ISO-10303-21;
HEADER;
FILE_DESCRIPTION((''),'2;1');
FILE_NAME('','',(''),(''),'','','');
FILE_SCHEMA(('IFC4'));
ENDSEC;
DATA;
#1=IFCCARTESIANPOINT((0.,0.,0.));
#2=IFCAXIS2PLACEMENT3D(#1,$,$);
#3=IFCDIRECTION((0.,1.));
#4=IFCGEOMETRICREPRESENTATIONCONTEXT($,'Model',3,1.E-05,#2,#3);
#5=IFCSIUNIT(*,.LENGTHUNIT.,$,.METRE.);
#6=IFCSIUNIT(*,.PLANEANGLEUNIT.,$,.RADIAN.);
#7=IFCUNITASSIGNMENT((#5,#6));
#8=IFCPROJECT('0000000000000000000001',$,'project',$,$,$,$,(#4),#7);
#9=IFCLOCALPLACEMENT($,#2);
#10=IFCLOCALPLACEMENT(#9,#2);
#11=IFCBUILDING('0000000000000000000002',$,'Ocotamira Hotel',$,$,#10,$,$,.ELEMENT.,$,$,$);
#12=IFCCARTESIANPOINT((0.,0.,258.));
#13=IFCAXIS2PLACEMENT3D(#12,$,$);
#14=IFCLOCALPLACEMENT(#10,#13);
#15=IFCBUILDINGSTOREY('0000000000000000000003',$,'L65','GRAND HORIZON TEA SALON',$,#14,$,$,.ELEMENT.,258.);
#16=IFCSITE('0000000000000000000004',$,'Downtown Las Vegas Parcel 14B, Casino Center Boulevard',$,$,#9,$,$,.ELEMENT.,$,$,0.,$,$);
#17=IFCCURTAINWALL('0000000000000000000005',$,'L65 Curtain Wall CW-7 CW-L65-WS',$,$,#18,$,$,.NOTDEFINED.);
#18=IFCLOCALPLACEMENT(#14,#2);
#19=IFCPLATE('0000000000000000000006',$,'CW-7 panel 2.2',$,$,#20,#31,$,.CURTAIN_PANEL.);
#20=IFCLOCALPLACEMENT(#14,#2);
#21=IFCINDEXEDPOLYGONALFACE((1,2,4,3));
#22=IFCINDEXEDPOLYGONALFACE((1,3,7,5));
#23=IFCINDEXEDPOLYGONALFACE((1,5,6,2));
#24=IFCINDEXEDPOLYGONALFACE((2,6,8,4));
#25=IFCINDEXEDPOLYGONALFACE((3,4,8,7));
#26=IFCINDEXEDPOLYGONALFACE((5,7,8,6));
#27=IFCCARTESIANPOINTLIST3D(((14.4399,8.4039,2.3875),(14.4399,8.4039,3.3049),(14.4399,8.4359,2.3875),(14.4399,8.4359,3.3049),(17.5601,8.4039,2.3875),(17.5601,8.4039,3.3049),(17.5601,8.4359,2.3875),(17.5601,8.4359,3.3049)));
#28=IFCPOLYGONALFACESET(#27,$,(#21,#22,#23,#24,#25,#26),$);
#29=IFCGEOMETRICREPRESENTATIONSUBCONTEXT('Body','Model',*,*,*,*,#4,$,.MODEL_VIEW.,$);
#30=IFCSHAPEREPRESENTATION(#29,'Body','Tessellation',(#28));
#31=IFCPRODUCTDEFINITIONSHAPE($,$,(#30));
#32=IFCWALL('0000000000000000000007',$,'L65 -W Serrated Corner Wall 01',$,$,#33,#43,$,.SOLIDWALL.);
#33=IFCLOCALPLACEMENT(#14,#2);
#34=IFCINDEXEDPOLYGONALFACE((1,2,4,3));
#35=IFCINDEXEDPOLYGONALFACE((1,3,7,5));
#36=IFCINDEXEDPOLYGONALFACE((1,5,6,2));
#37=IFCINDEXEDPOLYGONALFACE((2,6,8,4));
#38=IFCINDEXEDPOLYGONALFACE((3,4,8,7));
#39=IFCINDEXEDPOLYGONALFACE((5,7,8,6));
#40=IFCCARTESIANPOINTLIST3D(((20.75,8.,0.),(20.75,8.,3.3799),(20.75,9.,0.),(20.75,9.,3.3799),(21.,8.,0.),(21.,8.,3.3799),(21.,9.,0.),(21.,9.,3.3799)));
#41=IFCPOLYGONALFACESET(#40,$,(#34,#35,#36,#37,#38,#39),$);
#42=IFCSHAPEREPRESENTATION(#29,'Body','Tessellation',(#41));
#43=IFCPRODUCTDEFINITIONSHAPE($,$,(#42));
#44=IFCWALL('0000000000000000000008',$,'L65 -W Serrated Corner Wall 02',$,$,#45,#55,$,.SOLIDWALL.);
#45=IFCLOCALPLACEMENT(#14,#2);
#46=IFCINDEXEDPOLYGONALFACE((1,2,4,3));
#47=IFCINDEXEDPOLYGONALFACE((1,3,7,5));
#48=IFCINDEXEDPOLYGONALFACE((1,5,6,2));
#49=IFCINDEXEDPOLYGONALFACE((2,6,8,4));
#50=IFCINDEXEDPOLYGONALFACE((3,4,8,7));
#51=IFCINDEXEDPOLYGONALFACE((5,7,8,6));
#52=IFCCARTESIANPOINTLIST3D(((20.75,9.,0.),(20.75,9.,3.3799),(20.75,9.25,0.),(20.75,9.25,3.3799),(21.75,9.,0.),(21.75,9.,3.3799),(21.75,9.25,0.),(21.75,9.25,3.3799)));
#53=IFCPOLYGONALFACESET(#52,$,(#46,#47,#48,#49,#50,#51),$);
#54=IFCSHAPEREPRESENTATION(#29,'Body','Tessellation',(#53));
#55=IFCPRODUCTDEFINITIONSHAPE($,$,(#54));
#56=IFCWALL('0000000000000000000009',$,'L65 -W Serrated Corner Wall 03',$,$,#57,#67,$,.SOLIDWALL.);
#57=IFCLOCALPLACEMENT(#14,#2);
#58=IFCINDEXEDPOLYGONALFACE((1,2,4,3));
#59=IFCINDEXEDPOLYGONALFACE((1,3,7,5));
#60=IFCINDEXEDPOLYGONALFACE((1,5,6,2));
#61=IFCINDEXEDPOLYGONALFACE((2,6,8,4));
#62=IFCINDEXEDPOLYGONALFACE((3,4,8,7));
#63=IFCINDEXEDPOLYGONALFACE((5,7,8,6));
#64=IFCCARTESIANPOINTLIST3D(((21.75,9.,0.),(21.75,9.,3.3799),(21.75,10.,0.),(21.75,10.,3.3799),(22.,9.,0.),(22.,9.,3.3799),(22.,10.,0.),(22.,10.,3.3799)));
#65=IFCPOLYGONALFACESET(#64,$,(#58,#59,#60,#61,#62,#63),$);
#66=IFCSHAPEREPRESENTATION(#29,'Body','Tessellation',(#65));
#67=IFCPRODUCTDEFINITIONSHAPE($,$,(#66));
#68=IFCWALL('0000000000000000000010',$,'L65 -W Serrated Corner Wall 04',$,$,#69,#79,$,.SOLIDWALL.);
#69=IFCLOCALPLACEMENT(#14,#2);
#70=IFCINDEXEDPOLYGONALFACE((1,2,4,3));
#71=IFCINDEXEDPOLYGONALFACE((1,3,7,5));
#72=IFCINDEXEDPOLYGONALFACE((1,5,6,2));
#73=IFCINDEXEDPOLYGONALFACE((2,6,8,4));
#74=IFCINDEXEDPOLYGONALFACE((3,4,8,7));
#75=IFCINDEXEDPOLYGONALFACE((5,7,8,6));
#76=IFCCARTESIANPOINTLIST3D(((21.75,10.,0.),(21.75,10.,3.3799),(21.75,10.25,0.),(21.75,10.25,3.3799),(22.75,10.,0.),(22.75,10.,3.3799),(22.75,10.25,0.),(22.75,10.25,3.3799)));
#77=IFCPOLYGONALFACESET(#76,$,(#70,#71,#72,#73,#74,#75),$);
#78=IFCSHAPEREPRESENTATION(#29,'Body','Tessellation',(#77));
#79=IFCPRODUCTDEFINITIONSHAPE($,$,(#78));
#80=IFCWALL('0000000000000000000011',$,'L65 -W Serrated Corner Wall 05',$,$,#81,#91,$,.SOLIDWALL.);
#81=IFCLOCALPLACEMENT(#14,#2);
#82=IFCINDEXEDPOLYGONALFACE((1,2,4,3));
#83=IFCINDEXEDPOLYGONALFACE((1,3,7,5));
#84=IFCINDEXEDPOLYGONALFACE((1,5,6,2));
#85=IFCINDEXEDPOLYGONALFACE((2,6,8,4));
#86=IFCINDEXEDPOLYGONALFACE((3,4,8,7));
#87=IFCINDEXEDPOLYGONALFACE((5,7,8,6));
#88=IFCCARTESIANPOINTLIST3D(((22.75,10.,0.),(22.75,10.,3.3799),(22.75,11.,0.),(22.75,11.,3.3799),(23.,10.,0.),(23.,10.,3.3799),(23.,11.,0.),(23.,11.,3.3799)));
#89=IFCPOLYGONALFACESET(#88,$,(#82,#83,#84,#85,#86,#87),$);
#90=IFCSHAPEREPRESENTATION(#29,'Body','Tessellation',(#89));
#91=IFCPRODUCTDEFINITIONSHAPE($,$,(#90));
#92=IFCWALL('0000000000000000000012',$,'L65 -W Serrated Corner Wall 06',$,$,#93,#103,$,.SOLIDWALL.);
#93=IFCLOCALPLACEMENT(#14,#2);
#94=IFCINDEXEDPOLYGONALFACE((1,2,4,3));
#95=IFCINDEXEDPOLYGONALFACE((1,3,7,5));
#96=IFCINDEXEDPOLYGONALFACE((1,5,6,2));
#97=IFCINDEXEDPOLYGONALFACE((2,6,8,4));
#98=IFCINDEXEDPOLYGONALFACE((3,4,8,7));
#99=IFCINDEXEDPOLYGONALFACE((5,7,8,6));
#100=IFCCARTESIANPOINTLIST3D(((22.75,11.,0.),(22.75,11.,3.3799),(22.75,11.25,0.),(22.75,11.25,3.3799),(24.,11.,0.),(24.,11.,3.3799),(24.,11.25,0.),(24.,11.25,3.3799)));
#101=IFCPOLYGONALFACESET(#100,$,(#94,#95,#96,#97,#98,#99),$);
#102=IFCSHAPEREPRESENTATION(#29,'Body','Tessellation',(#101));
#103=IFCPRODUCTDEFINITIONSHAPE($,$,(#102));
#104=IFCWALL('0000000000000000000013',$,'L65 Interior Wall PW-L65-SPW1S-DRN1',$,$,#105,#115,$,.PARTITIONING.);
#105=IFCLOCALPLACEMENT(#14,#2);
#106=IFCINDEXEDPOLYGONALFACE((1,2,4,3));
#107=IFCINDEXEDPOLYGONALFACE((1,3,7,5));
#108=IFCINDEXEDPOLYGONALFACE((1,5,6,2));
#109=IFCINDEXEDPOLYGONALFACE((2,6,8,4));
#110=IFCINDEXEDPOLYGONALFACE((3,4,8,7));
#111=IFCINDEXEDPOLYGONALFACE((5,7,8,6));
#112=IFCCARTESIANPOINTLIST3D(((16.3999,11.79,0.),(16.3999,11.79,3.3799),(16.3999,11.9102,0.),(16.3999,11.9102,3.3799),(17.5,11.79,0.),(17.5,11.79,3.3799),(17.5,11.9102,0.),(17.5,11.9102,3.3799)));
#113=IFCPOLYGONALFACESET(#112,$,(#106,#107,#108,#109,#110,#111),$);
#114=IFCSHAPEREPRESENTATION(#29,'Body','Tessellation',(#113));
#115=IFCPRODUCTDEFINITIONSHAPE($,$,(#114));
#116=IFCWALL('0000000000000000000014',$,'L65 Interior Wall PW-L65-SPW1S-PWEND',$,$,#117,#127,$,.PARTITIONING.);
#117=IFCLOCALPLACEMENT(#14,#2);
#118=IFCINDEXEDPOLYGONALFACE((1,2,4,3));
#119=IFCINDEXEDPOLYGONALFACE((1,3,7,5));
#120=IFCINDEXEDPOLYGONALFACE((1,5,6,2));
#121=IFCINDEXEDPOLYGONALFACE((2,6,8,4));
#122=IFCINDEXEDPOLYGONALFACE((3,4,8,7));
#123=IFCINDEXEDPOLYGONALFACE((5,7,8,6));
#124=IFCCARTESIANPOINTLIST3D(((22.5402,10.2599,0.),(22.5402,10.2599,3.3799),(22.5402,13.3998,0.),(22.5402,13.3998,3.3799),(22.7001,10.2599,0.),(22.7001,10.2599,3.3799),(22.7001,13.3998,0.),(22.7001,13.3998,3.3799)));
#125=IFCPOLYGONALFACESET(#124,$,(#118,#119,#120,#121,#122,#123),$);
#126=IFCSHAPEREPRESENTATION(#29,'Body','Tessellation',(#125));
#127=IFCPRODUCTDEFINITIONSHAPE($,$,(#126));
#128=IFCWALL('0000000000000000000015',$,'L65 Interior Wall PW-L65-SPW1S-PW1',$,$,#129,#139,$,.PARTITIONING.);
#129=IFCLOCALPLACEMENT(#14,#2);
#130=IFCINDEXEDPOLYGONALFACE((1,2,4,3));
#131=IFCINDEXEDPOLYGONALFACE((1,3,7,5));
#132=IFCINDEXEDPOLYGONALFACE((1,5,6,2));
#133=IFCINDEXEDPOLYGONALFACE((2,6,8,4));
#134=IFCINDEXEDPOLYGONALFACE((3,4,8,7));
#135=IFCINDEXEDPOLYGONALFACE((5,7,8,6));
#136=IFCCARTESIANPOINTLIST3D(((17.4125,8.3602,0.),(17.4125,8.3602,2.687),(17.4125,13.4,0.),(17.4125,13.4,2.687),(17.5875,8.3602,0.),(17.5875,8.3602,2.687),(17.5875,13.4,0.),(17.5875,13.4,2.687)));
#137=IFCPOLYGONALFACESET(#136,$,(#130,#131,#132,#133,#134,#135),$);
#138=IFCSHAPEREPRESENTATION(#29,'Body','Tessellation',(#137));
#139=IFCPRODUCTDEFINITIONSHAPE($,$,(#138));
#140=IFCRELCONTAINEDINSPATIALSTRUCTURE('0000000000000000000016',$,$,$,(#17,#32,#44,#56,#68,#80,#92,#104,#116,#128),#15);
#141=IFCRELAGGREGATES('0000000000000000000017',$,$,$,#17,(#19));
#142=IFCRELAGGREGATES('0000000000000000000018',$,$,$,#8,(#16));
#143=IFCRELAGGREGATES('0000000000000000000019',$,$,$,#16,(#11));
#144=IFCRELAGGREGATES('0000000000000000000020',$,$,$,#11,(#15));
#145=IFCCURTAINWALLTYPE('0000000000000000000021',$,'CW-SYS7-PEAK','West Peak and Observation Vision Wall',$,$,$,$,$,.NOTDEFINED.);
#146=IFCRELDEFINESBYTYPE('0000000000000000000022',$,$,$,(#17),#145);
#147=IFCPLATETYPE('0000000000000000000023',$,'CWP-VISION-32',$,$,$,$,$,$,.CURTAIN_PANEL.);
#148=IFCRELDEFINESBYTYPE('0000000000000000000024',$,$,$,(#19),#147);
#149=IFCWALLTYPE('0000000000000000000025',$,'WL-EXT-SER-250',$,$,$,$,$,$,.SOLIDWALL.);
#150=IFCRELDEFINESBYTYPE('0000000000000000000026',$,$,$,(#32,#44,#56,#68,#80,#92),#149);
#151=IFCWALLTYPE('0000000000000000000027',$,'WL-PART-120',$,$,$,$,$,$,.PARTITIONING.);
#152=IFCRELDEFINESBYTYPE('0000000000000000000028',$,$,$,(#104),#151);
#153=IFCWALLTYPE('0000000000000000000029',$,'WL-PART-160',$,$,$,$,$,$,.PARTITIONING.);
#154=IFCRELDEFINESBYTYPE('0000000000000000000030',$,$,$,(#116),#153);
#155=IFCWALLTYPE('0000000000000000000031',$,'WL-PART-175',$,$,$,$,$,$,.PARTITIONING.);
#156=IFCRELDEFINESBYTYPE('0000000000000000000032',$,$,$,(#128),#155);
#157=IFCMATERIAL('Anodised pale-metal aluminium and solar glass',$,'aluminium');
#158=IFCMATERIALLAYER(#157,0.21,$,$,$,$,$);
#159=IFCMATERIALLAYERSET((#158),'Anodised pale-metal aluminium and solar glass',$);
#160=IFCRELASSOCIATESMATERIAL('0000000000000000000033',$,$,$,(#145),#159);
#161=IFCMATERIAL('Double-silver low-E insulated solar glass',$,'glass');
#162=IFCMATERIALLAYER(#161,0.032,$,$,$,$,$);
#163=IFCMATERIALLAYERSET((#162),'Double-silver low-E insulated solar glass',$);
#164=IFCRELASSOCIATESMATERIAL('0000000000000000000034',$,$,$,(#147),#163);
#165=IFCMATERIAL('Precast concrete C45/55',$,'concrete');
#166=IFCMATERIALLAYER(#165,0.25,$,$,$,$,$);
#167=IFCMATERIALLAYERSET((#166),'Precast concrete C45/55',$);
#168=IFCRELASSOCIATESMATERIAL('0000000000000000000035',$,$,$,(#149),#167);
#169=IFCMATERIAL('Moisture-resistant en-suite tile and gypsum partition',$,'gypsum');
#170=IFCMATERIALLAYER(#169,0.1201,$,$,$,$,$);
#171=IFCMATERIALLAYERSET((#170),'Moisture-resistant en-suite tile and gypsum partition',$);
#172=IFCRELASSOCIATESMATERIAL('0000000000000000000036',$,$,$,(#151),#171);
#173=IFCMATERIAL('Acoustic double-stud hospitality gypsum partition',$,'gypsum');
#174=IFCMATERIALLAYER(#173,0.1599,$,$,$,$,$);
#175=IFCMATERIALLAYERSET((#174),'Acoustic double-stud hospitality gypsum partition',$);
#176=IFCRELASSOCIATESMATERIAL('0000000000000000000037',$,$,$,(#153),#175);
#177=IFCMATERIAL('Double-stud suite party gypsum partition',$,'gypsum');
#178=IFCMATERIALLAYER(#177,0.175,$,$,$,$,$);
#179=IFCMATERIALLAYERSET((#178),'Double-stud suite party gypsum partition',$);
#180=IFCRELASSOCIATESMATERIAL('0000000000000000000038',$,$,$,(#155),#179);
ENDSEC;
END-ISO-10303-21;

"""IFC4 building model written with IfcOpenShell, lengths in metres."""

from ifc_helpers import new_model, si_unit, direction, frame, frame_2d, origin, origin_2d, place, context, subcontext, project, spatial, rectangle, extrude, source, transform, mapped, material, layer, layer_set, type_object, element, aggregate, save


model = new_model("IFC4")

# Units and contexts
model_context = context("Model", 3, precision=1e-05, world=origin(), true_north=direction((0.0, 1.0)))
body_context = subcontext(model_context, "Body", "Model", "MODEL_VIEW")
ifc_project = project(units=[si_unit("LENGTHUNIT", "METRE"), si_unit("PLANEANGLEUNIT", "RADIAN")], contexts=[model_context])

# Site, building, storey
site_placement = place(None, origin())
site = spatial("IfcSite", under=ifc_project, at=site_placement, Name="Downtown Las Vegas Parcel 14B, Casino Center Boulevard", CompositionType="ELEMENT", RefElevation=0.0)
building_placement = place(site_placement, origin())
building = spatial("IfcBuilding", under=site, at=building_placement, Name="Ocotamira Hotel", CompositionType="ELEMENT")
storey_placement = place(building_placement, frame((0.0, 0.0, 258.0)))
storey = spatial("IfcBuildingStorey", under=building, at=storey_placement, Name="L65", Description="GRAND HORIZON TEA SALON", CompositionType="ELEMENT", Elevation=258.0)

# Curtain wall
ifc_material_1 = material(Name="Anodised pale-metal aluminium and solar glass", Category="aluminium")
ifc_layer_1 = layer(ifc_material_1, 0.21)
ifc_layer_set_1 = layer_set([ifc_layer_1], Name="Anodised pale-metal aluminium and solar glass")
curtain_wall_type = type_object("IfcCurtainWallType", Name="CW-SYS7-PEAK", Description="West Peak and Observation Vision Wall", PredefinedType="NOTDEFINED", material=ifc_layer_set_1)
curtain_wall_1_placement = place(storey_placement, origin())
curtain_wall_1 = element("IfcCurtainWall", 1, at=curtain_wall_1_placement, inside=storey, type_object=curtain_wall_type, Name="L65 Curtain Wall CW-7 CW-L65-WS", PredefinedType="NOTDEFINED")

# Plate
ifc_material_2 = material(Name="Double-silver low-E insulated solar glass", Category="glass")
ifc_layer_2 = layer(ifc_material_2, 0.032)
ifc_layer_set_2 = layer_set([ifc_layer_2], Name="Double-silver low-E insulated solar glass")
plate_type = type_object("IfcPlateType", Name="CWP-VISION-32", PredefinedType="CURTAIN_PANEL", material=ifc_layer_set_2)
shared_shape_1 = source(origin(), body_context, "Body", "SweptSolid", [
    extrude(rectangle(XDim=3.1201, YDim=0.032, at=origin_2d()), origin(), (0.0, 0.0, 1.0), 0.9175),
])
plate_1_placement = place(storey_placement, frame((16.0, 8.4199, 2.3875), z_axis=(0.0, 0.0, 1.0), x_axis=(1.0, 0.0, 0.0)))
plate_1 = element("IfcPlate", 2, at=plate_1_placement, type_object=plate_type, Name="CW-7 panel 2.2", PredefinedType="CURTAIN_PANEL", context=body_context, shape_type="MappedRepresentation", body=[
    mapped(shared_shape_1, transform((0.0, 0.0, 0.0), scale=1.0)),
])
aggregate(curtain_wall_1, [plate_1])

# Walls
ifc_material_3 = material(Name="Precast concrete C45/55", Category="concrete")
ifc_layer_3 = layer(ifc_material_3, 0.25)
ifc_layer_set_3 = layer_set([ifc_layer_3], Name="Precast concrete C45/55")
wall_type_1 = type_object("IfcWallType", Name="WL-EXT-SER-250", PredefinedType="SOLIDWALL", material=ifc_layer_set_3)
for number, where, z_axis, x_axis, name in (
    (3, (20.875, 8.0, 0.0), (0.0, 0.0, 1.0), (0.0, 1.0, 0.0), "L65 -W Serrated Corner Wall 01"),
    (4, (20.75, 9.125, 0.0), (0.0, 0.0, 1.0), (1.0, 0.0, 0.0), "L65 -W Serrated Corner Wall 02"),
    (5, (21.875, 9.0, 0.0), (0.0, 0.0, 1.0), (0.0, 1.0, 0.0), "L65 -W Serrated Corner Wall 03"),
    (6, (21.75, 10.125, 0.0), (0.0, 0.0, 1.0), (1.0, 0.0, 0.0), "L65 -W Serrated Corner Wall 04"),
    (7, (22.875, 10.0, 0.0), (0.0, 0.0, 1.0), (0.0, 1.0, 0.0), "L65 -W Serrated Corner Wall 05"),
):
    element("IfcWall", number, at=place(storey_placement, frame(where, z_axis=z_axis, x_axis=x_axis)), inside=storey, type_object=wall_type_1, Name=name, PredefinedType="SOLIDWALL", context=body_context, shape_type="SweptSolid", body=[
        extrude(rectangle(XDim=1.0, YDim=0.25, at=frame_2d((0.5, 0.0))), origin(), (0.0, 0.0, 1.0), 3.3799),
    ])
wall_1_placement = place(storey_placement, frame((22.75, 11.125, 0.0), z_axis=(0.0, 0.0, 1.0), x_axis=(1.0, 0.0, 0.0)))
element("IfcWall", 8, at=wall_1_placement, inside=storey, type_object=wall_type_1, Name="L65 -W Serrated Corner Wall 06", PredefinedType="SOLIDWALL", context=body_context, shape_type="SweptSolid", body=[
    extrude(rectangle(XDim=1.25, YDim=0.25, at=frame_2d((0.625, 0.0))), origin(), (0.0, 0.0, 1.0), 3.3799),
])
ifc_material_4 = material(Name="Moisture-resistant en-suite tile and gypsum partition", Category="gypsum")
ifc_layer_4 = layer(ifc_material_4, 0.1201)
ifc_layer_set_4 = layer_set([ifc_layer_4], Name="Moisture-resistant en-suite tile and gypsum partition")
wall_type_2 = type_object("IfcWallType", Name="WL-PART-120", PredefinedType="PARTITIONING", material=ifc_layer_set_4)
wall_2_placement = place(storey_placement, frame((16.3999, 11.8501, 0.0), z_axis=(0.0, 0.0, 1.0), x_axis=(1.0, 0.0, 0.0)))
element("IfcWall", 9, at=wall_2_placement, inside=storey, type_object=wall_type_2, Name="L65 Interior Wall PW-L65-SPW1S-DRN1", PredefinedType="PARTITIONING", context=body_context, shape_type="SweptSolid", body=[
    extrude(rectangle(XDim=1.1001, YDim=0.1201, at=frame_2d((0.55, 0.0))), origin(), (0.0, 0.0, 1.0), 3.3799),
])
ifc_material_5 = material(Name="Acoustic double-stud hospitality gypsum partition", Category="gypsum")
ifc_layer_5 = layer(ifc_material_5, 0.1599)
ifc_layer_set_5 = layer_set([ifc_layer_5], Name="Acoustic double-stud hospitality gypsum partition")
wall_type_3 = type_object("IfcWallType", Name="WL-PART-160", PredefinedType="PARTITIONING", material=ifc_layer_set_5)
wall_3_placement = place(storey_placement, frame((22.6201, 10.26, 0.0), z_axis=(0.0, 0.0, 1.0), x_axis=(0.0, 1.0, 0.0)))
element("IfcWall", 10, at=wall_3_placement, inside=storey, type_object=wall_type_3, Name="L65 Interior Wall PW-L65-SPW1S-PWEND", PredefinedType="PARTITIONING", context=body_context, shape_type="SweptSolid", body=[
    extrude(rectangle(XDim=3.1399, YDim=0.1599, at=frame_2d((1.5698, 0.0))), origin(), (0.0, 0.0, 1.0), 3.3799),
])
ifc_material_6 = material(Name="Double-stud suite party gypsum partition", Category="gypsum")
ifc_layer_6 = layer(ifc_material_6, 0.175)
ifc_layer_set_6 = layer_set([ifc_layer_6], Name="Double-stud suite party gypsum partition")
wall_type_4 = type_object("IfcWallType", Name="WL-PART-175", PredefinedType="PARTITIONING", material=ifc_layer_set_6)
wall_4_placement = place(storey_placement, frame((17.5, 8.3601, 0.0), z_axis=(0.0, 0.0, 1.0), x_axis=(0.0, 1.0, 0.0)))
element("IfcWall", 11, at=wall_4_placement, inside=storey, type_object=wall_type_4, Name="L65 Interior Wall PW-L65-SPW1S-PW1", PredefinedType="PARTITIONING", context=body_context, shape_type="SweptSolid", body=[
    extrude(rectangle(XDim=5.0398, YDim=0.175, at=frame_2d((2.52, 0.0))), origin(), (0.0, 0.0, 1.0), 2.687),
])

save(model, "model.ifc")
